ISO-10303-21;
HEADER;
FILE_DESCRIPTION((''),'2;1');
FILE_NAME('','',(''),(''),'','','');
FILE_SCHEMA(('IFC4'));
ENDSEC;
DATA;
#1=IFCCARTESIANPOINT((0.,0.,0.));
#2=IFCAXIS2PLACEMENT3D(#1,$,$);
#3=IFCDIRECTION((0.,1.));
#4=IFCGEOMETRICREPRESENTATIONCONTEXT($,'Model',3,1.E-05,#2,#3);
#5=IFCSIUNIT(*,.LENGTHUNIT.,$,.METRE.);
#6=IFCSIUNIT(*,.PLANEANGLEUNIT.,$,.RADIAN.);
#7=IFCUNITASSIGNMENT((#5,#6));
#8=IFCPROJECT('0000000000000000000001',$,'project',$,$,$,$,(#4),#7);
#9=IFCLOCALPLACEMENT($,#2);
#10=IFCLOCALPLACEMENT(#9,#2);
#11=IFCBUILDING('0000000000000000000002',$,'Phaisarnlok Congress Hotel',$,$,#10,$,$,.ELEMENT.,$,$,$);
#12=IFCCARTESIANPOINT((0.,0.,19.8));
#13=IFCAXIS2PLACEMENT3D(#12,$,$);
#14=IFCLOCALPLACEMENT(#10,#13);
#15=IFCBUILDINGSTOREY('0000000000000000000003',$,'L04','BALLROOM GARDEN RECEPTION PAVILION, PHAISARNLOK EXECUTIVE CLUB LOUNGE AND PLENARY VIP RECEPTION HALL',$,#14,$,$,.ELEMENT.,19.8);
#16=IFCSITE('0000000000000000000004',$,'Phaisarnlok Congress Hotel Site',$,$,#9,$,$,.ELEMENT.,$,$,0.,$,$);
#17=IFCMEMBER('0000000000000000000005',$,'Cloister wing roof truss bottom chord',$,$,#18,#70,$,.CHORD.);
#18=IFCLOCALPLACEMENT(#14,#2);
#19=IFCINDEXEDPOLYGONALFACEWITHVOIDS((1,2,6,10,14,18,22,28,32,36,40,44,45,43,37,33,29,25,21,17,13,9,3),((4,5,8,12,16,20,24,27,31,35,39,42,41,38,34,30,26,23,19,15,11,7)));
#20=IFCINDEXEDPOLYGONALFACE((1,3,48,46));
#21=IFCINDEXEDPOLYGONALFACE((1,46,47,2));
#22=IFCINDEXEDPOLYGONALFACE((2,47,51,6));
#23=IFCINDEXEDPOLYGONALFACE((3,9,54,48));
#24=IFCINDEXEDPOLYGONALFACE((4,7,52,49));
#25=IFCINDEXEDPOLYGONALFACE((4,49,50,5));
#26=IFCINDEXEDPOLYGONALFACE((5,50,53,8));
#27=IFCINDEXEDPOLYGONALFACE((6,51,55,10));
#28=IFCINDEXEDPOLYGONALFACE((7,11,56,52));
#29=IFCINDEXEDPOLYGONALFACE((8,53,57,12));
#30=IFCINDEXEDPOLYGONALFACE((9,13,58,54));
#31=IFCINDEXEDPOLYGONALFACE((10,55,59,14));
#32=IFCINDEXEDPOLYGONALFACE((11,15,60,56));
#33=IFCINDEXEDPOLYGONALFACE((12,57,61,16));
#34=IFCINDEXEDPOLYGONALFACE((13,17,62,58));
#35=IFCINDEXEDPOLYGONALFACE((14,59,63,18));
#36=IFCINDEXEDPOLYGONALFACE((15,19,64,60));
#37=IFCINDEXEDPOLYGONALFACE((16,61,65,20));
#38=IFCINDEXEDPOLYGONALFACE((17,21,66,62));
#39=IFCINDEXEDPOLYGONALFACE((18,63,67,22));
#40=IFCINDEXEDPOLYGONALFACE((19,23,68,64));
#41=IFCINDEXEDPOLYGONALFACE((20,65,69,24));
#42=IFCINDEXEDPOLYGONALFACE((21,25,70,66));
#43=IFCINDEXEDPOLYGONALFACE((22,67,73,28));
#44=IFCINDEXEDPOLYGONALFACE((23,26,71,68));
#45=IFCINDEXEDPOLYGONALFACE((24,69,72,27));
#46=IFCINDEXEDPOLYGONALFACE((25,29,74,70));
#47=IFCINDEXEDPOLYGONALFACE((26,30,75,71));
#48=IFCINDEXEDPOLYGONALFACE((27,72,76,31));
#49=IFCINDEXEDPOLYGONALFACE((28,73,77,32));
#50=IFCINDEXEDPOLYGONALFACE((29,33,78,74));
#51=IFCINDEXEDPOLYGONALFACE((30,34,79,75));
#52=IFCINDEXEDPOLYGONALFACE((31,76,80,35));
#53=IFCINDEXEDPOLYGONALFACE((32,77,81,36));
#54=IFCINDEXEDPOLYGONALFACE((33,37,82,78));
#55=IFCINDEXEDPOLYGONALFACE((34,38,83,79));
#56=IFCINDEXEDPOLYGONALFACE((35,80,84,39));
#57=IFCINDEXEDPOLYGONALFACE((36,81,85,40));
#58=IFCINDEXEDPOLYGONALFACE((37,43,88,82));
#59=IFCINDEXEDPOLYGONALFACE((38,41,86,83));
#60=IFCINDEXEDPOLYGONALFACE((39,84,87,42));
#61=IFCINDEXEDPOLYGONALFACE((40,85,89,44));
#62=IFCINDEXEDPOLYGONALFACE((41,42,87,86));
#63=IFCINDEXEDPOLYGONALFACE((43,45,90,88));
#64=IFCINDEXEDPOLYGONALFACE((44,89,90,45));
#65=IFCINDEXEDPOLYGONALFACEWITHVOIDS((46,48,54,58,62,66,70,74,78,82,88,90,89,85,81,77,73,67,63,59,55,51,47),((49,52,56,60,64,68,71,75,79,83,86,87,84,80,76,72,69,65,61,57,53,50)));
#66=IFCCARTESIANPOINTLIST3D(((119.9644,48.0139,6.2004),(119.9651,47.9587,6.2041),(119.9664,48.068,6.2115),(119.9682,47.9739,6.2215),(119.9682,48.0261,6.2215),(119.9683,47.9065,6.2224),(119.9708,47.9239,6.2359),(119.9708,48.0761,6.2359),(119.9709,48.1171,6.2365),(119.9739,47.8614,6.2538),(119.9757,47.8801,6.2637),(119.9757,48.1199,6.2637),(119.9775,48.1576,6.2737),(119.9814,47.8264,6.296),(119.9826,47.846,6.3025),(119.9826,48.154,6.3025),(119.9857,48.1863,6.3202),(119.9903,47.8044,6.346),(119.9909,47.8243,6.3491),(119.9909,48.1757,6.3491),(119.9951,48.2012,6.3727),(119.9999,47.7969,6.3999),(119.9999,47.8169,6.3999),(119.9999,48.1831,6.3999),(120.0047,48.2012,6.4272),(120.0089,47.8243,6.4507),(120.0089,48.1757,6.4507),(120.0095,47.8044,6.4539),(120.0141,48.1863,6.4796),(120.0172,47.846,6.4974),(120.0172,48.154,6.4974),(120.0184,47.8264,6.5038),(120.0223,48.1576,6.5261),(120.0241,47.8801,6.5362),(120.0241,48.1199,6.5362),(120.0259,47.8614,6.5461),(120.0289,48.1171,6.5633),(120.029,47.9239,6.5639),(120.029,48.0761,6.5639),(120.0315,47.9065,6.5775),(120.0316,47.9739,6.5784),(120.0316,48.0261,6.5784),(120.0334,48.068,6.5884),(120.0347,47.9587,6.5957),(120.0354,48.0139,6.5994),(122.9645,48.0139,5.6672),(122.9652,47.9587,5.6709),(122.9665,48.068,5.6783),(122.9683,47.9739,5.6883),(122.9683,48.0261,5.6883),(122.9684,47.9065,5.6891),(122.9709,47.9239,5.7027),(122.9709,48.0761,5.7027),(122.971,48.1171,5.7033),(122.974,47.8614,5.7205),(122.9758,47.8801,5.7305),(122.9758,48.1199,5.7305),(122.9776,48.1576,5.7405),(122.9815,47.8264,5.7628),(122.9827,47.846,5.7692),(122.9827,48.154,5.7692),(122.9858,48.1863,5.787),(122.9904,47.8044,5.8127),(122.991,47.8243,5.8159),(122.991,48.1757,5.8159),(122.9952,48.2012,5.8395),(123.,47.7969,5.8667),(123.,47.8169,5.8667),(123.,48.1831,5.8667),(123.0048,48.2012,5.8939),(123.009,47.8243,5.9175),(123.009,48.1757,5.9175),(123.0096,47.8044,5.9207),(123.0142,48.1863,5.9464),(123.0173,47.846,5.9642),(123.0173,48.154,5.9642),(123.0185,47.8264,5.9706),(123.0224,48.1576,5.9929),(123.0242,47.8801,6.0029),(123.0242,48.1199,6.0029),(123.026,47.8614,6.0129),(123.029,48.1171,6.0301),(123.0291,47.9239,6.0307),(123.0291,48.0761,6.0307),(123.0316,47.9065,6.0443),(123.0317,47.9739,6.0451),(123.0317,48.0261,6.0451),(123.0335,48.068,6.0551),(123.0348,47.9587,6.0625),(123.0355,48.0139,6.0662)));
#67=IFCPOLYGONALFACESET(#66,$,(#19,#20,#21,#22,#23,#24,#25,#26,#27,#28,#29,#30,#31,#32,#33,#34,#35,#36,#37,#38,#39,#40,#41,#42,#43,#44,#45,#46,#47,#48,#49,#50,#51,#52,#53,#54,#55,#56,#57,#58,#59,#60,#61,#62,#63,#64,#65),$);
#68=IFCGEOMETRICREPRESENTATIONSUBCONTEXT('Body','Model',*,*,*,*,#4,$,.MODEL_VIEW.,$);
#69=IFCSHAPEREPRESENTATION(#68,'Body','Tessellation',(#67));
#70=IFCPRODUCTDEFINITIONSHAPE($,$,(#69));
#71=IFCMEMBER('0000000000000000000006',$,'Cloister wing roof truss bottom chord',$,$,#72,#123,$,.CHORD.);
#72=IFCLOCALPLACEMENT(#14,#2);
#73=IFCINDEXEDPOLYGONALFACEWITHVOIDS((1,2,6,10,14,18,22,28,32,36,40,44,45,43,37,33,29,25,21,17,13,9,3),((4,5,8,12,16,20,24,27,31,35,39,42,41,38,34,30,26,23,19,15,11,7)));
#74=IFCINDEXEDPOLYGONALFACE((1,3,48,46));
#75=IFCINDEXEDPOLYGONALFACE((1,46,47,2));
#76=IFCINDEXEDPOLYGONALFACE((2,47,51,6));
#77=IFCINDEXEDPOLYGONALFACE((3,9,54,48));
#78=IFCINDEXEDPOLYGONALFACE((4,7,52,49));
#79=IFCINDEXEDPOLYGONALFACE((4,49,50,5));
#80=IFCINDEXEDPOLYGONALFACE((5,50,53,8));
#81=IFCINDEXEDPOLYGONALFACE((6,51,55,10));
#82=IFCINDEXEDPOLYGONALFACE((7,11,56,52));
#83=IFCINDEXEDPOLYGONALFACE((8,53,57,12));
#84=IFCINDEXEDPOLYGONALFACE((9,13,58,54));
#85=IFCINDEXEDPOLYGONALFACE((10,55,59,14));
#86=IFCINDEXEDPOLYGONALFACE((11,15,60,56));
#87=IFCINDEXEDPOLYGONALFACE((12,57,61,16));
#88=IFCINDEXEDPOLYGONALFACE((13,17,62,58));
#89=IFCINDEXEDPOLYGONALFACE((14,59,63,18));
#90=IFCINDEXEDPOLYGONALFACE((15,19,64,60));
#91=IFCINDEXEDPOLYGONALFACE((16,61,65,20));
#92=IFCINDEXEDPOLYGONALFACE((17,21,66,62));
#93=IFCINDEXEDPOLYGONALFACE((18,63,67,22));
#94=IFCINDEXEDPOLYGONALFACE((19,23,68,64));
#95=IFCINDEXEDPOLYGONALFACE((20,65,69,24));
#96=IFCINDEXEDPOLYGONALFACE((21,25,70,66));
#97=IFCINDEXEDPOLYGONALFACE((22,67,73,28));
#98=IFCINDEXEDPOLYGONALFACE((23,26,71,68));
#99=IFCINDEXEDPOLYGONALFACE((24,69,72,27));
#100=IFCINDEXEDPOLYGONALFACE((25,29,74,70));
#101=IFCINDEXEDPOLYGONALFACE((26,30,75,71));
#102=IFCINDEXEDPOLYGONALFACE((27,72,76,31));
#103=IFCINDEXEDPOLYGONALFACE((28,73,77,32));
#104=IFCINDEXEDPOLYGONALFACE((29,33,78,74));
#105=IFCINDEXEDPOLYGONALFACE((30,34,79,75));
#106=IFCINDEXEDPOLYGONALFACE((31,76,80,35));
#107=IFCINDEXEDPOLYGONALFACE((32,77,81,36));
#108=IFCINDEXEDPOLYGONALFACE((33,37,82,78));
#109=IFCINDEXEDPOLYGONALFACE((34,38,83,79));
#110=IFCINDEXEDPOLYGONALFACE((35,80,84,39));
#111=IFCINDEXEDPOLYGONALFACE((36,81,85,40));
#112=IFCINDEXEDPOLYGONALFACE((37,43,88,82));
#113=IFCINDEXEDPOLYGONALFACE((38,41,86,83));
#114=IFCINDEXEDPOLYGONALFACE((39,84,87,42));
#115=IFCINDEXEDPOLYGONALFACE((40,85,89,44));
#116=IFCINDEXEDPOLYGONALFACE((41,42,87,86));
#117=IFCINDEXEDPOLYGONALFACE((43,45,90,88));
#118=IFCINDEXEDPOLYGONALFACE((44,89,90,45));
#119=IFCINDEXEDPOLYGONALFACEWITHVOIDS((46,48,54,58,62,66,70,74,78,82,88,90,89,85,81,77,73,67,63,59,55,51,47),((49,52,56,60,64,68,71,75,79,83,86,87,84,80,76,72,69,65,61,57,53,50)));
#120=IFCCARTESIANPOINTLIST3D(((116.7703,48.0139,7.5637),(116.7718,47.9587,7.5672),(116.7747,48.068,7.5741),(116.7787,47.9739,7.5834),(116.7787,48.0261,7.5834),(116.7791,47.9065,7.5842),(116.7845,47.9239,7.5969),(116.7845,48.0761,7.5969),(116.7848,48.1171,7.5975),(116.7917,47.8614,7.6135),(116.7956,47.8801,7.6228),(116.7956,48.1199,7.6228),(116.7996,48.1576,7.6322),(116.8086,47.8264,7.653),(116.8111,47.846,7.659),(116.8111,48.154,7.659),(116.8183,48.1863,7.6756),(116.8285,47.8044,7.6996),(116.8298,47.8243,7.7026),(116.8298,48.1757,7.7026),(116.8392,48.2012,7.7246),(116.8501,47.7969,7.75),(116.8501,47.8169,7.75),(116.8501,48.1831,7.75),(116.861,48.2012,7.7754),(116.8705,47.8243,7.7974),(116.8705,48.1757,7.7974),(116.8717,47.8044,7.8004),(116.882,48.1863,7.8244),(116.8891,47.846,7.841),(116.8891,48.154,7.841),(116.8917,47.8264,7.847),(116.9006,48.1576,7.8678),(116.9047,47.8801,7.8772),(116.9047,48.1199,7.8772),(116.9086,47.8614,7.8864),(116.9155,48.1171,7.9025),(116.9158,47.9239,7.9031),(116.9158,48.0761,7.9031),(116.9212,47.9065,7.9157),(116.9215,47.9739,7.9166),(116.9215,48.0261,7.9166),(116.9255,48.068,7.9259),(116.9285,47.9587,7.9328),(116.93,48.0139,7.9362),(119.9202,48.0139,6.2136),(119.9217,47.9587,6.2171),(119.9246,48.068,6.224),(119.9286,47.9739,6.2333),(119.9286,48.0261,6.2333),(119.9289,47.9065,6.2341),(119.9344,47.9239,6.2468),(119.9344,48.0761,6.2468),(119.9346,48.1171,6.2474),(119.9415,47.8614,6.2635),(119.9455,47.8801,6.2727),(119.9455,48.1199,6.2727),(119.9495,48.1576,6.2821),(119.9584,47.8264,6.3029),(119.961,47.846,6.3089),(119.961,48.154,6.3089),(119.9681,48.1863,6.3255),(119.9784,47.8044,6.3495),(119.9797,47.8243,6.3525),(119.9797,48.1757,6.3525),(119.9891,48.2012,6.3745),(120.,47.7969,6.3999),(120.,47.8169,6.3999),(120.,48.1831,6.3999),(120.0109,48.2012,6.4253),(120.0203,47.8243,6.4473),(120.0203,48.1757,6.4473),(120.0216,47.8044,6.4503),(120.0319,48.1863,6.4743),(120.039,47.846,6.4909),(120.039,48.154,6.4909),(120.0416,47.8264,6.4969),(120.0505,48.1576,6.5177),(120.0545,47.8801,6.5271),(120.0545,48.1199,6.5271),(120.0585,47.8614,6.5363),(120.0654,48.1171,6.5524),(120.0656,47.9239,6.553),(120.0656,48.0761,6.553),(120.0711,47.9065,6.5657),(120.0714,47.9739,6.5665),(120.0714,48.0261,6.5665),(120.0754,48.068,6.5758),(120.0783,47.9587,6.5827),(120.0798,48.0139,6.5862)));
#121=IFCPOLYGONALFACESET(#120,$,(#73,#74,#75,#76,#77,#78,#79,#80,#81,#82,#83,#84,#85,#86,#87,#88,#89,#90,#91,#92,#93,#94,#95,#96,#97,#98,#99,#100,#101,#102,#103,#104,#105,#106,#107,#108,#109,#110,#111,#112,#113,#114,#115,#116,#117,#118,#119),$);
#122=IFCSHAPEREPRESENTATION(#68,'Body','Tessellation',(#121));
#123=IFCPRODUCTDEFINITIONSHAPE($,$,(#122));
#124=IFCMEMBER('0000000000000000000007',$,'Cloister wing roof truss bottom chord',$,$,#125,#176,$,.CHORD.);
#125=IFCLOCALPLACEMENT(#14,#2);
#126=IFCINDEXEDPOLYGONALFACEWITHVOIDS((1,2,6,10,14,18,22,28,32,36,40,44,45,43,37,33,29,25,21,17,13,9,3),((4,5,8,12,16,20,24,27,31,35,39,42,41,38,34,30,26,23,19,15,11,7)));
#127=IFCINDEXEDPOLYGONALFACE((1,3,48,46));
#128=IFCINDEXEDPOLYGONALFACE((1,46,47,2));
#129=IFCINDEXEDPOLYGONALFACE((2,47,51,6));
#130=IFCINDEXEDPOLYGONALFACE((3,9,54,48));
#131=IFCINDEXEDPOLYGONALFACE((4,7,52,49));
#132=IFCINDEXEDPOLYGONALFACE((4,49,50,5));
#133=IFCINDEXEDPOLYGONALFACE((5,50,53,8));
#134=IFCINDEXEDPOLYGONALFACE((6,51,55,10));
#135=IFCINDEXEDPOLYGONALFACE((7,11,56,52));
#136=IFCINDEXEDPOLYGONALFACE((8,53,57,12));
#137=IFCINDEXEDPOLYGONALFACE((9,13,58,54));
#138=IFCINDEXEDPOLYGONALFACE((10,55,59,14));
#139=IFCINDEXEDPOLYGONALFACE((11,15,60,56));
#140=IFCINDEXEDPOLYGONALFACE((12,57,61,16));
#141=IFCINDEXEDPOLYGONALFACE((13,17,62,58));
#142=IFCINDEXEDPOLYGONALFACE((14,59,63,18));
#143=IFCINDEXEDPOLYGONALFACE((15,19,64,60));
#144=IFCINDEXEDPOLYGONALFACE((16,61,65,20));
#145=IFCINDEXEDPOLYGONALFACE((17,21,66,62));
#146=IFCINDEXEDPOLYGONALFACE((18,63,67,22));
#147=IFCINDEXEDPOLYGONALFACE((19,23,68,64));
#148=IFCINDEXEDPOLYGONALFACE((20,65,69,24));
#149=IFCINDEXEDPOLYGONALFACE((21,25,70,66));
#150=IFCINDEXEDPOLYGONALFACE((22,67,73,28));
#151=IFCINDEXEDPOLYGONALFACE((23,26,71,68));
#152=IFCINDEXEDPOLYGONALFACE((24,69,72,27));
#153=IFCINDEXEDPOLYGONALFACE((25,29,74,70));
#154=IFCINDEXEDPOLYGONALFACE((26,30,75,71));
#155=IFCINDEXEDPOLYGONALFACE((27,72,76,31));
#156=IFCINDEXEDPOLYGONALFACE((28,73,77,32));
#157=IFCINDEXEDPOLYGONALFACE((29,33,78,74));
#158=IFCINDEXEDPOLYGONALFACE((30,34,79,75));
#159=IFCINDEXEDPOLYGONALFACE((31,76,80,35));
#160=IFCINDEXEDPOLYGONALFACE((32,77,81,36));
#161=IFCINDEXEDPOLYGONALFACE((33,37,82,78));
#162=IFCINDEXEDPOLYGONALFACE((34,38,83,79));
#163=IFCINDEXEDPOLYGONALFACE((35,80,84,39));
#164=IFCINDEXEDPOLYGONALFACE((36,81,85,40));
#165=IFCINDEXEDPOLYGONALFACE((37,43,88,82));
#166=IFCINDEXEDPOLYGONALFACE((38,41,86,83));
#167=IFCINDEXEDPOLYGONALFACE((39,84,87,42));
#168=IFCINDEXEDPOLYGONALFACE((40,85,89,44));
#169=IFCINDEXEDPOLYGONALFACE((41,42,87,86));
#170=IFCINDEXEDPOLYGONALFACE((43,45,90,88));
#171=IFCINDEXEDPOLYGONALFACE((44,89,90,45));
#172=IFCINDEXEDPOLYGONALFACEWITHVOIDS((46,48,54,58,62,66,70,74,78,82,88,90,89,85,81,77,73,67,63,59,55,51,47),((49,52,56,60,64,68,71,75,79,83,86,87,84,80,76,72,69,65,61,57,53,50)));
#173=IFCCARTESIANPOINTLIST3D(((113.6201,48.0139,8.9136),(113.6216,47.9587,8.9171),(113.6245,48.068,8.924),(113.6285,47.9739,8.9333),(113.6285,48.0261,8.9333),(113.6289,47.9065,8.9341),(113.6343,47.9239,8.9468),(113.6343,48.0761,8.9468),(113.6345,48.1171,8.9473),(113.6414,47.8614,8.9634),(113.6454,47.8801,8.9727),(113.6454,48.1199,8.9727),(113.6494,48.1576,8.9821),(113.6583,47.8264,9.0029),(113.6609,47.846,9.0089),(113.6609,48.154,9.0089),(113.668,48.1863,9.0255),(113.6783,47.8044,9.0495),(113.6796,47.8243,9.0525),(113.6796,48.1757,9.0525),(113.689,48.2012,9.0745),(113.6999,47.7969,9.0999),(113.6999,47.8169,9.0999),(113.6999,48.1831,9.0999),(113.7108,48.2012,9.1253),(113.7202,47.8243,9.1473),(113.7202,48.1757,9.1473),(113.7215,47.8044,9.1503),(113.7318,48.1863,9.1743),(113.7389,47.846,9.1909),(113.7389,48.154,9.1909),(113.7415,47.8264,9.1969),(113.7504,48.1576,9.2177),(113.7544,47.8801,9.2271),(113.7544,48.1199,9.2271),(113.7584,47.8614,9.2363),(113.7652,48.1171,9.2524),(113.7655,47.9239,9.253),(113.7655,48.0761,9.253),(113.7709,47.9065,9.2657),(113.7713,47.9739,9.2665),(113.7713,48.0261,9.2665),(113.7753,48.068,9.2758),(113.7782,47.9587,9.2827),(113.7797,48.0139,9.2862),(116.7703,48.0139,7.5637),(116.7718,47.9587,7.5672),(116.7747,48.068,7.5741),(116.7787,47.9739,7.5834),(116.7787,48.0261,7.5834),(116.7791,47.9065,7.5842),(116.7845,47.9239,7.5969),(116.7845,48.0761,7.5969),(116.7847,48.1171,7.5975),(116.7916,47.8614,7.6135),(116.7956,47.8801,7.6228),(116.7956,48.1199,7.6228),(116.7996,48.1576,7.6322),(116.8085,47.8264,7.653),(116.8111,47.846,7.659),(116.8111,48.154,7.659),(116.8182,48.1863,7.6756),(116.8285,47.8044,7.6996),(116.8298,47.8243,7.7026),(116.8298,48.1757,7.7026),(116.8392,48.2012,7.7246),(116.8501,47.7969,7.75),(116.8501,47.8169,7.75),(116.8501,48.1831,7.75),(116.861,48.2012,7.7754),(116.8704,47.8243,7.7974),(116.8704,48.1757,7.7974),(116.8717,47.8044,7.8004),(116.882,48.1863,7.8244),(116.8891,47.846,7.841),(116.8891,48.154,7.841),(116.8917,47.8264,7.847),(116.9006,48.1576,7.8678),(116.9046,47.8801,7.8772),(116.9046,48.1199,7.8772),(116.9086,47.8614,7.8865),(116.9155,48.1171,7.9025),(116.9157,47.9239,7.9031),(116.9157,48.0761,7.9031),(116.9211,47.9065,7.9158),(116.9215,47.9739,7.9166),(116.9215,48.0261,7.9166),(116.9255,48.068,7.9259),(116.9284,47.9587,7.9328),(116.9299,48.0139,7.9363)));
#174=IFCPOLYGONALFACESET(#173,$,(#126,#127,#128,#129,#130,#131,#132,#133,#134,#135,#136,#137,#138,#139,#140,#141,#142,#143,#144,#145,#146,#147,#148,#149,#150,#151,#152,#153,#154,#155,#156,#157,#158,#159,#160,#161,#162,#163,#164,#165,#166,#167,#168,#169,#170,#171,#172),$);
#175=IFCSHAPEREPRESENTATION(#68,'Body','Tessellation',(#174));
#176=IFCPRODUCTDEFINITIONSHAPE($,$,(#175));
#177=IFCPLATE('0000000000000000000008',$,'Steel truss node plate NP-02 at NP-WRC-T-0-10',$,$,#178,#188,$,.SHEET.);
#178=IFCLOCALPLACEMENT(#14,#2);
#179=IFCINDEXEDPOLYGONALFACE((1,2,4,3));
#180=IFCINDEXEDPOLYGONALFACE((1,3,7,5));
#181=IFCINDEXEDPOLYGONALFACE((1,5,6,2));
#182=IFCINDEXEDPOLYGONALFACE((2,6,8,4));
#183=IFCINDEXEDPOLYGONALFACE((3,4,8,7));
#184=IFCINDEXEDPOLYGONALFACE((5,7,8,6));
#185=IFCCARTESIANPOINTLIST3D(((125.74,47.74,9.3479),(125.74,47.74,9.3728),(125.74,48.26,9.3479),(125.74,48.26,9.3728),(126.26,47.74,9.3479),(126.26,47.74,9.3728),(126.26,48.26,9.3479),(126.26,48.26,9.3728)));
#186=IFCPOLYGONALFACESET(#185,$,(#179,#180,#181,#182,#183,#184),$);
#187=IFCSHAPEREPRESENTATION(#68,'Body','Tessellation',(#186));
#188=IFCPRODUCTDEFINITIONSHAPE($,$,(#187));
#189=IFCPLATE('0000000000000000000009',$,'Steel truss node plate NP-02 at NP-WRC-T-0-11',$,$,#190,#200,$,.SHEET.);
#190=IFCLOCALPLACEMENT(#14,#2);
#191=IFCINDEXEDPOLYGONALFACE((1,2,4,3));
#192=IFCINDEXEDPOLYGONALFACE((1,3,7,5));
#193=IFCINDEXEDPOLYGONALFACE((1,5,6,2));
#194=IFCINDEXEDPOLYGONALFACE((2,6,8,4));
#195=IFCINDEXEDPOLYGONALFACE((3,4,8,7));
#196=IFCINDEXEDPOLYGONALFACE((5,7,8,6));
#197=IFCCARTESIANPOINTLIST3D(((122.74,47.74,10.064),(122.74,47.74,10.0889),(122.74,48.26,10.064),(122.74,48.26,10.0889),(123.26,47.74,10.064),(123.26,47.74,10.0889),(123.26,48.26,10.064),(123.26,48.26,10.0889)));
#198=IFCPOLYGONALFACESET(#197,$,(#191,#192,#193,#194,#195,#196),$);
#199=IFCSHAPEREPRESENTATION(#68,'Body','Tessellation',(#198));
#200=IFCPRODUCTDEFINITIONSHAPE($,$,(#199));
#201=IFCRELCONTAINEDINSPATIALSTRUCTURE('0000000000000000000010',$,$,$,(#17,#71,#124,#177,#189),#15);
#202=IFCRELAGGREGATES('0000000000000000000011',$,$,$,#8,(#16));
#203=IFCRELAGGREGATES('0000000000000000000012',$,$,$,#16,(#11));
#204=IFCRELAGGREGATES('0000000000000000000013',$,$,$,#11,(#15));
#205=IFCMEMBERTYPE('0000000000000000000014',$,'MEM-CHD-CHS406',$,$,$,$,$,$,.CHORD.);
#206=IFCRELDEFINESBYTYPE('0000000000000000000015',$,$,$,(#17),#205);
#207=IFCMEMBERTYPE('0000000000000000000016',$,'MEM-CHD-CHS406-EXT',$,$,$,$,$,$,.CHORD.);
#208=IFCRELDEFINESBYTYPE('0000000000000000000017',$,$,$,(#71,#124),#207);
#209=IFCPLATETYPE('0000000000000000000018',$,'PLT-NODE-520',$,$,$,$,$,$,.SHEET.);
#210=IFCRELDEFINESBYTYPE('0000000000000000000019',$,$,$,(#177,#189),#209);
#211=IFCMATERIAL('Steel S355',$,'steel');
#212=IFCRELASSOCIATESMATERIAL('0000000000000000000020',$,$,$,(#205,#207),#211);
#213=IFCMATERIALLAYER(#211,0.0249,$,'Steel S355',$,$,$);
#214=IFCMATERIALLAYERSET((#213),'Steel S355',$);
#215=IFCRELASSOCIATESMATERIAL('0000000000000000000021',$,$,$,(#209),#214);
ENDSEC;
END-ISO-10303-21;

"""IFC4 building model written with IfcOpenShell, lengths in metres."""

from ifc_helpers import new_model, si_unit, direction, frame, origin, origin_2d, place, context, subcontext, project, spatial, rectangle, hollow_circle, extrude, material, layer, layer_set, material_profile, profile_set, type_object, element, save


model = new_model("IFC4")

# Units and contexts
model_context = context("Model", 3, precision=1e-05, world=origin(), true_north=direction((0.0, 1.0)))
body_context = subcontext(model_context, "Body", "Model", "MODEL_VIEW")
ifc_project = project(units=[si_unit("LENGTHUNIT", "METRE"), si_unit("PLANEANGLEUNIT", "RADIAN")], contexts=[model_context])

# Site, building, storey
site_placement = place(None, origin())
site = spatial("IfcSite", under=ifc_project, at=site_placement, Name="Phaisarnlok Congress Hotel Site", CompositionType="ELEMENT", RefElevation=0.0)
building_placement = place(site_placement, origin())
building = spatial("IfcBuilding", under=site, at=building_placement, Name="Phaisarnlok Congress Hotel", CompositionType="ELEMENT")
storey_placement = place(building_placement, frame((0.0, 0.0, 19.8)))
storey = spatial("IfcBuildingStorey", under=building, at=storey_placement, Name="L04", Description="BALLROOM GARDEN RECEPTION PAVILION, PHAISARNLOK EXECUTIVE CLUB LOUNGE AND PLENARY VIP RECEPTION HALL", CompositionType="ELEMENT", Elevation=19.8)

# Shared definitions
ifc_material_1 = material(Name="Steel S355", Category="steel")

# Members
ifc_material_profile_1 = material_profile(ifc_material_1, hollow_circle(Radius=0.2031, WallThickness=0.02, at=origin_2d()), Name="CHS 406.4x20")
ifc_profile_set_1 = profile_set([ifc_material_profile_1], Name="Steel S355")
member_type_1 = type_object("IfcMemberType", Name="MEM-CHD-CHS406", PredefinedType="CHORD", material=ifc_profile_set_1)
member_1_placement = place(storey_placement, frame((123.0, 48.0, 5.8667), z_axis=(-0.98457, 0.0, 0.174992), x_axis=(0.0, -1.0, 0.0)))
element("IfcMember", 1, at=member_1_placement, inside=storey, type_object=member_type_1, Name="Cloister wing roof truss bottom chord", PredefinedType="CHORD", context=body_context, shape_type="SweptSolid", body=[
    extrude(hollow_circle(Radius=0.2031, WallThickness=0.02, at=origin_2d()), origin(), (0.0, 0.0, 1.0), 3.0471),
])
ifc_material_profile_2 = material_profile(ifc_material_1, hollow_circle(Radius=0.2031, WallThickness=0.02, at=origin_2d()), Name="CHS 406.4x20")
ifc_profile_set_2 = profile_set([ifc_material_profile_2], Name="Steel S355")
member_type_2 = type_object("IfcMemberType", Name="MEM-CHD-CHS406-EXT", PredefinedType="CHORD", material=ifc_profile_set_2)
member_2_placement = place(storey_placement, frame((120.0, 48.0, 6.3999), z_axis=(-0.91913, 0.0, 0.393954), x_axis=(0.0, -1.0, 0.0)))
element("IfcMember", 2, at=member_2_placement, inside=storey, type_object=member_type_2, Name="Cloister wing roof truss bottom chord", PredefinedType="CHORD", context=body_context, shape_type="SweptSolid", body=[
    extrude(hollow_circle(Radius=0.2031, WallThickness=0.02, at=origin_2d()), origin(), (0.0, 0.0, 1.0), 3.427),
])
member_3_placement = place(storey_placement, frame((116.8501, 48.0, 7.75), z_axis=(-0.919167, 0.0, 0.393868), x_axis=(0.0, -1.0, 0.0)))
element("IfcMember", 3, at=member_3_placement, inside=storey, type_object=member_type_2, Name="Cloister wing roof truss bottom chord", PredefinedType="CHORD", context=body_context, shape_type="SweptSolid", body=[
    extrude(hollow_circle(Radius=0.2031, WallThickness=0.02, at=origin_2d()), origin(), (0.0, 0.0, 1.0), 3.4272),
])

# Plates
ifc_layer_1 = layer(ifc_material_1, 0.0249, Name="Steel S355")
ifc_layer_set_1 = layer_set([ifc_layer_1], Name="Steel S355")
plate_type_1 = type_object("IfcPlateType", Name="PLT-NODE-520", PredefinedType="SHEET", material=ifc_layer_set_1)
for number, where, z_axis, x_axis, name in (
    (4, (126.0, 48.0, 9.3479), (0.0, 0.0, 1.0), (1.0, 0.0, 0.0), "Steel truss node plate NP-02 at NP-WRC-T-0-10"),
    (5, (123.0, 48.0, 10.064), (0.0, 0.0, 1.0), (1.0, 0.0, 0.0), "Steel truss node plate NP-02 at NP-WRC-T-0-11"),
):
    element("IfcPlate", number, at=place(storey_placement, frame(where, z_axis=z_axis, x_axis=x_axis)), inside=storey, type_object=plate_type_1, Name=name, PredefinedType="SHEET", context=body_context, shape_type="SweptSolid", body=[
        extrude(rectangle(XDim=0.52, YDim=0.52, at=origin_2d()), origin(), (0.0, 0.0, 1.0), 0.0249),
    ])

save(model, "model.ifc")
